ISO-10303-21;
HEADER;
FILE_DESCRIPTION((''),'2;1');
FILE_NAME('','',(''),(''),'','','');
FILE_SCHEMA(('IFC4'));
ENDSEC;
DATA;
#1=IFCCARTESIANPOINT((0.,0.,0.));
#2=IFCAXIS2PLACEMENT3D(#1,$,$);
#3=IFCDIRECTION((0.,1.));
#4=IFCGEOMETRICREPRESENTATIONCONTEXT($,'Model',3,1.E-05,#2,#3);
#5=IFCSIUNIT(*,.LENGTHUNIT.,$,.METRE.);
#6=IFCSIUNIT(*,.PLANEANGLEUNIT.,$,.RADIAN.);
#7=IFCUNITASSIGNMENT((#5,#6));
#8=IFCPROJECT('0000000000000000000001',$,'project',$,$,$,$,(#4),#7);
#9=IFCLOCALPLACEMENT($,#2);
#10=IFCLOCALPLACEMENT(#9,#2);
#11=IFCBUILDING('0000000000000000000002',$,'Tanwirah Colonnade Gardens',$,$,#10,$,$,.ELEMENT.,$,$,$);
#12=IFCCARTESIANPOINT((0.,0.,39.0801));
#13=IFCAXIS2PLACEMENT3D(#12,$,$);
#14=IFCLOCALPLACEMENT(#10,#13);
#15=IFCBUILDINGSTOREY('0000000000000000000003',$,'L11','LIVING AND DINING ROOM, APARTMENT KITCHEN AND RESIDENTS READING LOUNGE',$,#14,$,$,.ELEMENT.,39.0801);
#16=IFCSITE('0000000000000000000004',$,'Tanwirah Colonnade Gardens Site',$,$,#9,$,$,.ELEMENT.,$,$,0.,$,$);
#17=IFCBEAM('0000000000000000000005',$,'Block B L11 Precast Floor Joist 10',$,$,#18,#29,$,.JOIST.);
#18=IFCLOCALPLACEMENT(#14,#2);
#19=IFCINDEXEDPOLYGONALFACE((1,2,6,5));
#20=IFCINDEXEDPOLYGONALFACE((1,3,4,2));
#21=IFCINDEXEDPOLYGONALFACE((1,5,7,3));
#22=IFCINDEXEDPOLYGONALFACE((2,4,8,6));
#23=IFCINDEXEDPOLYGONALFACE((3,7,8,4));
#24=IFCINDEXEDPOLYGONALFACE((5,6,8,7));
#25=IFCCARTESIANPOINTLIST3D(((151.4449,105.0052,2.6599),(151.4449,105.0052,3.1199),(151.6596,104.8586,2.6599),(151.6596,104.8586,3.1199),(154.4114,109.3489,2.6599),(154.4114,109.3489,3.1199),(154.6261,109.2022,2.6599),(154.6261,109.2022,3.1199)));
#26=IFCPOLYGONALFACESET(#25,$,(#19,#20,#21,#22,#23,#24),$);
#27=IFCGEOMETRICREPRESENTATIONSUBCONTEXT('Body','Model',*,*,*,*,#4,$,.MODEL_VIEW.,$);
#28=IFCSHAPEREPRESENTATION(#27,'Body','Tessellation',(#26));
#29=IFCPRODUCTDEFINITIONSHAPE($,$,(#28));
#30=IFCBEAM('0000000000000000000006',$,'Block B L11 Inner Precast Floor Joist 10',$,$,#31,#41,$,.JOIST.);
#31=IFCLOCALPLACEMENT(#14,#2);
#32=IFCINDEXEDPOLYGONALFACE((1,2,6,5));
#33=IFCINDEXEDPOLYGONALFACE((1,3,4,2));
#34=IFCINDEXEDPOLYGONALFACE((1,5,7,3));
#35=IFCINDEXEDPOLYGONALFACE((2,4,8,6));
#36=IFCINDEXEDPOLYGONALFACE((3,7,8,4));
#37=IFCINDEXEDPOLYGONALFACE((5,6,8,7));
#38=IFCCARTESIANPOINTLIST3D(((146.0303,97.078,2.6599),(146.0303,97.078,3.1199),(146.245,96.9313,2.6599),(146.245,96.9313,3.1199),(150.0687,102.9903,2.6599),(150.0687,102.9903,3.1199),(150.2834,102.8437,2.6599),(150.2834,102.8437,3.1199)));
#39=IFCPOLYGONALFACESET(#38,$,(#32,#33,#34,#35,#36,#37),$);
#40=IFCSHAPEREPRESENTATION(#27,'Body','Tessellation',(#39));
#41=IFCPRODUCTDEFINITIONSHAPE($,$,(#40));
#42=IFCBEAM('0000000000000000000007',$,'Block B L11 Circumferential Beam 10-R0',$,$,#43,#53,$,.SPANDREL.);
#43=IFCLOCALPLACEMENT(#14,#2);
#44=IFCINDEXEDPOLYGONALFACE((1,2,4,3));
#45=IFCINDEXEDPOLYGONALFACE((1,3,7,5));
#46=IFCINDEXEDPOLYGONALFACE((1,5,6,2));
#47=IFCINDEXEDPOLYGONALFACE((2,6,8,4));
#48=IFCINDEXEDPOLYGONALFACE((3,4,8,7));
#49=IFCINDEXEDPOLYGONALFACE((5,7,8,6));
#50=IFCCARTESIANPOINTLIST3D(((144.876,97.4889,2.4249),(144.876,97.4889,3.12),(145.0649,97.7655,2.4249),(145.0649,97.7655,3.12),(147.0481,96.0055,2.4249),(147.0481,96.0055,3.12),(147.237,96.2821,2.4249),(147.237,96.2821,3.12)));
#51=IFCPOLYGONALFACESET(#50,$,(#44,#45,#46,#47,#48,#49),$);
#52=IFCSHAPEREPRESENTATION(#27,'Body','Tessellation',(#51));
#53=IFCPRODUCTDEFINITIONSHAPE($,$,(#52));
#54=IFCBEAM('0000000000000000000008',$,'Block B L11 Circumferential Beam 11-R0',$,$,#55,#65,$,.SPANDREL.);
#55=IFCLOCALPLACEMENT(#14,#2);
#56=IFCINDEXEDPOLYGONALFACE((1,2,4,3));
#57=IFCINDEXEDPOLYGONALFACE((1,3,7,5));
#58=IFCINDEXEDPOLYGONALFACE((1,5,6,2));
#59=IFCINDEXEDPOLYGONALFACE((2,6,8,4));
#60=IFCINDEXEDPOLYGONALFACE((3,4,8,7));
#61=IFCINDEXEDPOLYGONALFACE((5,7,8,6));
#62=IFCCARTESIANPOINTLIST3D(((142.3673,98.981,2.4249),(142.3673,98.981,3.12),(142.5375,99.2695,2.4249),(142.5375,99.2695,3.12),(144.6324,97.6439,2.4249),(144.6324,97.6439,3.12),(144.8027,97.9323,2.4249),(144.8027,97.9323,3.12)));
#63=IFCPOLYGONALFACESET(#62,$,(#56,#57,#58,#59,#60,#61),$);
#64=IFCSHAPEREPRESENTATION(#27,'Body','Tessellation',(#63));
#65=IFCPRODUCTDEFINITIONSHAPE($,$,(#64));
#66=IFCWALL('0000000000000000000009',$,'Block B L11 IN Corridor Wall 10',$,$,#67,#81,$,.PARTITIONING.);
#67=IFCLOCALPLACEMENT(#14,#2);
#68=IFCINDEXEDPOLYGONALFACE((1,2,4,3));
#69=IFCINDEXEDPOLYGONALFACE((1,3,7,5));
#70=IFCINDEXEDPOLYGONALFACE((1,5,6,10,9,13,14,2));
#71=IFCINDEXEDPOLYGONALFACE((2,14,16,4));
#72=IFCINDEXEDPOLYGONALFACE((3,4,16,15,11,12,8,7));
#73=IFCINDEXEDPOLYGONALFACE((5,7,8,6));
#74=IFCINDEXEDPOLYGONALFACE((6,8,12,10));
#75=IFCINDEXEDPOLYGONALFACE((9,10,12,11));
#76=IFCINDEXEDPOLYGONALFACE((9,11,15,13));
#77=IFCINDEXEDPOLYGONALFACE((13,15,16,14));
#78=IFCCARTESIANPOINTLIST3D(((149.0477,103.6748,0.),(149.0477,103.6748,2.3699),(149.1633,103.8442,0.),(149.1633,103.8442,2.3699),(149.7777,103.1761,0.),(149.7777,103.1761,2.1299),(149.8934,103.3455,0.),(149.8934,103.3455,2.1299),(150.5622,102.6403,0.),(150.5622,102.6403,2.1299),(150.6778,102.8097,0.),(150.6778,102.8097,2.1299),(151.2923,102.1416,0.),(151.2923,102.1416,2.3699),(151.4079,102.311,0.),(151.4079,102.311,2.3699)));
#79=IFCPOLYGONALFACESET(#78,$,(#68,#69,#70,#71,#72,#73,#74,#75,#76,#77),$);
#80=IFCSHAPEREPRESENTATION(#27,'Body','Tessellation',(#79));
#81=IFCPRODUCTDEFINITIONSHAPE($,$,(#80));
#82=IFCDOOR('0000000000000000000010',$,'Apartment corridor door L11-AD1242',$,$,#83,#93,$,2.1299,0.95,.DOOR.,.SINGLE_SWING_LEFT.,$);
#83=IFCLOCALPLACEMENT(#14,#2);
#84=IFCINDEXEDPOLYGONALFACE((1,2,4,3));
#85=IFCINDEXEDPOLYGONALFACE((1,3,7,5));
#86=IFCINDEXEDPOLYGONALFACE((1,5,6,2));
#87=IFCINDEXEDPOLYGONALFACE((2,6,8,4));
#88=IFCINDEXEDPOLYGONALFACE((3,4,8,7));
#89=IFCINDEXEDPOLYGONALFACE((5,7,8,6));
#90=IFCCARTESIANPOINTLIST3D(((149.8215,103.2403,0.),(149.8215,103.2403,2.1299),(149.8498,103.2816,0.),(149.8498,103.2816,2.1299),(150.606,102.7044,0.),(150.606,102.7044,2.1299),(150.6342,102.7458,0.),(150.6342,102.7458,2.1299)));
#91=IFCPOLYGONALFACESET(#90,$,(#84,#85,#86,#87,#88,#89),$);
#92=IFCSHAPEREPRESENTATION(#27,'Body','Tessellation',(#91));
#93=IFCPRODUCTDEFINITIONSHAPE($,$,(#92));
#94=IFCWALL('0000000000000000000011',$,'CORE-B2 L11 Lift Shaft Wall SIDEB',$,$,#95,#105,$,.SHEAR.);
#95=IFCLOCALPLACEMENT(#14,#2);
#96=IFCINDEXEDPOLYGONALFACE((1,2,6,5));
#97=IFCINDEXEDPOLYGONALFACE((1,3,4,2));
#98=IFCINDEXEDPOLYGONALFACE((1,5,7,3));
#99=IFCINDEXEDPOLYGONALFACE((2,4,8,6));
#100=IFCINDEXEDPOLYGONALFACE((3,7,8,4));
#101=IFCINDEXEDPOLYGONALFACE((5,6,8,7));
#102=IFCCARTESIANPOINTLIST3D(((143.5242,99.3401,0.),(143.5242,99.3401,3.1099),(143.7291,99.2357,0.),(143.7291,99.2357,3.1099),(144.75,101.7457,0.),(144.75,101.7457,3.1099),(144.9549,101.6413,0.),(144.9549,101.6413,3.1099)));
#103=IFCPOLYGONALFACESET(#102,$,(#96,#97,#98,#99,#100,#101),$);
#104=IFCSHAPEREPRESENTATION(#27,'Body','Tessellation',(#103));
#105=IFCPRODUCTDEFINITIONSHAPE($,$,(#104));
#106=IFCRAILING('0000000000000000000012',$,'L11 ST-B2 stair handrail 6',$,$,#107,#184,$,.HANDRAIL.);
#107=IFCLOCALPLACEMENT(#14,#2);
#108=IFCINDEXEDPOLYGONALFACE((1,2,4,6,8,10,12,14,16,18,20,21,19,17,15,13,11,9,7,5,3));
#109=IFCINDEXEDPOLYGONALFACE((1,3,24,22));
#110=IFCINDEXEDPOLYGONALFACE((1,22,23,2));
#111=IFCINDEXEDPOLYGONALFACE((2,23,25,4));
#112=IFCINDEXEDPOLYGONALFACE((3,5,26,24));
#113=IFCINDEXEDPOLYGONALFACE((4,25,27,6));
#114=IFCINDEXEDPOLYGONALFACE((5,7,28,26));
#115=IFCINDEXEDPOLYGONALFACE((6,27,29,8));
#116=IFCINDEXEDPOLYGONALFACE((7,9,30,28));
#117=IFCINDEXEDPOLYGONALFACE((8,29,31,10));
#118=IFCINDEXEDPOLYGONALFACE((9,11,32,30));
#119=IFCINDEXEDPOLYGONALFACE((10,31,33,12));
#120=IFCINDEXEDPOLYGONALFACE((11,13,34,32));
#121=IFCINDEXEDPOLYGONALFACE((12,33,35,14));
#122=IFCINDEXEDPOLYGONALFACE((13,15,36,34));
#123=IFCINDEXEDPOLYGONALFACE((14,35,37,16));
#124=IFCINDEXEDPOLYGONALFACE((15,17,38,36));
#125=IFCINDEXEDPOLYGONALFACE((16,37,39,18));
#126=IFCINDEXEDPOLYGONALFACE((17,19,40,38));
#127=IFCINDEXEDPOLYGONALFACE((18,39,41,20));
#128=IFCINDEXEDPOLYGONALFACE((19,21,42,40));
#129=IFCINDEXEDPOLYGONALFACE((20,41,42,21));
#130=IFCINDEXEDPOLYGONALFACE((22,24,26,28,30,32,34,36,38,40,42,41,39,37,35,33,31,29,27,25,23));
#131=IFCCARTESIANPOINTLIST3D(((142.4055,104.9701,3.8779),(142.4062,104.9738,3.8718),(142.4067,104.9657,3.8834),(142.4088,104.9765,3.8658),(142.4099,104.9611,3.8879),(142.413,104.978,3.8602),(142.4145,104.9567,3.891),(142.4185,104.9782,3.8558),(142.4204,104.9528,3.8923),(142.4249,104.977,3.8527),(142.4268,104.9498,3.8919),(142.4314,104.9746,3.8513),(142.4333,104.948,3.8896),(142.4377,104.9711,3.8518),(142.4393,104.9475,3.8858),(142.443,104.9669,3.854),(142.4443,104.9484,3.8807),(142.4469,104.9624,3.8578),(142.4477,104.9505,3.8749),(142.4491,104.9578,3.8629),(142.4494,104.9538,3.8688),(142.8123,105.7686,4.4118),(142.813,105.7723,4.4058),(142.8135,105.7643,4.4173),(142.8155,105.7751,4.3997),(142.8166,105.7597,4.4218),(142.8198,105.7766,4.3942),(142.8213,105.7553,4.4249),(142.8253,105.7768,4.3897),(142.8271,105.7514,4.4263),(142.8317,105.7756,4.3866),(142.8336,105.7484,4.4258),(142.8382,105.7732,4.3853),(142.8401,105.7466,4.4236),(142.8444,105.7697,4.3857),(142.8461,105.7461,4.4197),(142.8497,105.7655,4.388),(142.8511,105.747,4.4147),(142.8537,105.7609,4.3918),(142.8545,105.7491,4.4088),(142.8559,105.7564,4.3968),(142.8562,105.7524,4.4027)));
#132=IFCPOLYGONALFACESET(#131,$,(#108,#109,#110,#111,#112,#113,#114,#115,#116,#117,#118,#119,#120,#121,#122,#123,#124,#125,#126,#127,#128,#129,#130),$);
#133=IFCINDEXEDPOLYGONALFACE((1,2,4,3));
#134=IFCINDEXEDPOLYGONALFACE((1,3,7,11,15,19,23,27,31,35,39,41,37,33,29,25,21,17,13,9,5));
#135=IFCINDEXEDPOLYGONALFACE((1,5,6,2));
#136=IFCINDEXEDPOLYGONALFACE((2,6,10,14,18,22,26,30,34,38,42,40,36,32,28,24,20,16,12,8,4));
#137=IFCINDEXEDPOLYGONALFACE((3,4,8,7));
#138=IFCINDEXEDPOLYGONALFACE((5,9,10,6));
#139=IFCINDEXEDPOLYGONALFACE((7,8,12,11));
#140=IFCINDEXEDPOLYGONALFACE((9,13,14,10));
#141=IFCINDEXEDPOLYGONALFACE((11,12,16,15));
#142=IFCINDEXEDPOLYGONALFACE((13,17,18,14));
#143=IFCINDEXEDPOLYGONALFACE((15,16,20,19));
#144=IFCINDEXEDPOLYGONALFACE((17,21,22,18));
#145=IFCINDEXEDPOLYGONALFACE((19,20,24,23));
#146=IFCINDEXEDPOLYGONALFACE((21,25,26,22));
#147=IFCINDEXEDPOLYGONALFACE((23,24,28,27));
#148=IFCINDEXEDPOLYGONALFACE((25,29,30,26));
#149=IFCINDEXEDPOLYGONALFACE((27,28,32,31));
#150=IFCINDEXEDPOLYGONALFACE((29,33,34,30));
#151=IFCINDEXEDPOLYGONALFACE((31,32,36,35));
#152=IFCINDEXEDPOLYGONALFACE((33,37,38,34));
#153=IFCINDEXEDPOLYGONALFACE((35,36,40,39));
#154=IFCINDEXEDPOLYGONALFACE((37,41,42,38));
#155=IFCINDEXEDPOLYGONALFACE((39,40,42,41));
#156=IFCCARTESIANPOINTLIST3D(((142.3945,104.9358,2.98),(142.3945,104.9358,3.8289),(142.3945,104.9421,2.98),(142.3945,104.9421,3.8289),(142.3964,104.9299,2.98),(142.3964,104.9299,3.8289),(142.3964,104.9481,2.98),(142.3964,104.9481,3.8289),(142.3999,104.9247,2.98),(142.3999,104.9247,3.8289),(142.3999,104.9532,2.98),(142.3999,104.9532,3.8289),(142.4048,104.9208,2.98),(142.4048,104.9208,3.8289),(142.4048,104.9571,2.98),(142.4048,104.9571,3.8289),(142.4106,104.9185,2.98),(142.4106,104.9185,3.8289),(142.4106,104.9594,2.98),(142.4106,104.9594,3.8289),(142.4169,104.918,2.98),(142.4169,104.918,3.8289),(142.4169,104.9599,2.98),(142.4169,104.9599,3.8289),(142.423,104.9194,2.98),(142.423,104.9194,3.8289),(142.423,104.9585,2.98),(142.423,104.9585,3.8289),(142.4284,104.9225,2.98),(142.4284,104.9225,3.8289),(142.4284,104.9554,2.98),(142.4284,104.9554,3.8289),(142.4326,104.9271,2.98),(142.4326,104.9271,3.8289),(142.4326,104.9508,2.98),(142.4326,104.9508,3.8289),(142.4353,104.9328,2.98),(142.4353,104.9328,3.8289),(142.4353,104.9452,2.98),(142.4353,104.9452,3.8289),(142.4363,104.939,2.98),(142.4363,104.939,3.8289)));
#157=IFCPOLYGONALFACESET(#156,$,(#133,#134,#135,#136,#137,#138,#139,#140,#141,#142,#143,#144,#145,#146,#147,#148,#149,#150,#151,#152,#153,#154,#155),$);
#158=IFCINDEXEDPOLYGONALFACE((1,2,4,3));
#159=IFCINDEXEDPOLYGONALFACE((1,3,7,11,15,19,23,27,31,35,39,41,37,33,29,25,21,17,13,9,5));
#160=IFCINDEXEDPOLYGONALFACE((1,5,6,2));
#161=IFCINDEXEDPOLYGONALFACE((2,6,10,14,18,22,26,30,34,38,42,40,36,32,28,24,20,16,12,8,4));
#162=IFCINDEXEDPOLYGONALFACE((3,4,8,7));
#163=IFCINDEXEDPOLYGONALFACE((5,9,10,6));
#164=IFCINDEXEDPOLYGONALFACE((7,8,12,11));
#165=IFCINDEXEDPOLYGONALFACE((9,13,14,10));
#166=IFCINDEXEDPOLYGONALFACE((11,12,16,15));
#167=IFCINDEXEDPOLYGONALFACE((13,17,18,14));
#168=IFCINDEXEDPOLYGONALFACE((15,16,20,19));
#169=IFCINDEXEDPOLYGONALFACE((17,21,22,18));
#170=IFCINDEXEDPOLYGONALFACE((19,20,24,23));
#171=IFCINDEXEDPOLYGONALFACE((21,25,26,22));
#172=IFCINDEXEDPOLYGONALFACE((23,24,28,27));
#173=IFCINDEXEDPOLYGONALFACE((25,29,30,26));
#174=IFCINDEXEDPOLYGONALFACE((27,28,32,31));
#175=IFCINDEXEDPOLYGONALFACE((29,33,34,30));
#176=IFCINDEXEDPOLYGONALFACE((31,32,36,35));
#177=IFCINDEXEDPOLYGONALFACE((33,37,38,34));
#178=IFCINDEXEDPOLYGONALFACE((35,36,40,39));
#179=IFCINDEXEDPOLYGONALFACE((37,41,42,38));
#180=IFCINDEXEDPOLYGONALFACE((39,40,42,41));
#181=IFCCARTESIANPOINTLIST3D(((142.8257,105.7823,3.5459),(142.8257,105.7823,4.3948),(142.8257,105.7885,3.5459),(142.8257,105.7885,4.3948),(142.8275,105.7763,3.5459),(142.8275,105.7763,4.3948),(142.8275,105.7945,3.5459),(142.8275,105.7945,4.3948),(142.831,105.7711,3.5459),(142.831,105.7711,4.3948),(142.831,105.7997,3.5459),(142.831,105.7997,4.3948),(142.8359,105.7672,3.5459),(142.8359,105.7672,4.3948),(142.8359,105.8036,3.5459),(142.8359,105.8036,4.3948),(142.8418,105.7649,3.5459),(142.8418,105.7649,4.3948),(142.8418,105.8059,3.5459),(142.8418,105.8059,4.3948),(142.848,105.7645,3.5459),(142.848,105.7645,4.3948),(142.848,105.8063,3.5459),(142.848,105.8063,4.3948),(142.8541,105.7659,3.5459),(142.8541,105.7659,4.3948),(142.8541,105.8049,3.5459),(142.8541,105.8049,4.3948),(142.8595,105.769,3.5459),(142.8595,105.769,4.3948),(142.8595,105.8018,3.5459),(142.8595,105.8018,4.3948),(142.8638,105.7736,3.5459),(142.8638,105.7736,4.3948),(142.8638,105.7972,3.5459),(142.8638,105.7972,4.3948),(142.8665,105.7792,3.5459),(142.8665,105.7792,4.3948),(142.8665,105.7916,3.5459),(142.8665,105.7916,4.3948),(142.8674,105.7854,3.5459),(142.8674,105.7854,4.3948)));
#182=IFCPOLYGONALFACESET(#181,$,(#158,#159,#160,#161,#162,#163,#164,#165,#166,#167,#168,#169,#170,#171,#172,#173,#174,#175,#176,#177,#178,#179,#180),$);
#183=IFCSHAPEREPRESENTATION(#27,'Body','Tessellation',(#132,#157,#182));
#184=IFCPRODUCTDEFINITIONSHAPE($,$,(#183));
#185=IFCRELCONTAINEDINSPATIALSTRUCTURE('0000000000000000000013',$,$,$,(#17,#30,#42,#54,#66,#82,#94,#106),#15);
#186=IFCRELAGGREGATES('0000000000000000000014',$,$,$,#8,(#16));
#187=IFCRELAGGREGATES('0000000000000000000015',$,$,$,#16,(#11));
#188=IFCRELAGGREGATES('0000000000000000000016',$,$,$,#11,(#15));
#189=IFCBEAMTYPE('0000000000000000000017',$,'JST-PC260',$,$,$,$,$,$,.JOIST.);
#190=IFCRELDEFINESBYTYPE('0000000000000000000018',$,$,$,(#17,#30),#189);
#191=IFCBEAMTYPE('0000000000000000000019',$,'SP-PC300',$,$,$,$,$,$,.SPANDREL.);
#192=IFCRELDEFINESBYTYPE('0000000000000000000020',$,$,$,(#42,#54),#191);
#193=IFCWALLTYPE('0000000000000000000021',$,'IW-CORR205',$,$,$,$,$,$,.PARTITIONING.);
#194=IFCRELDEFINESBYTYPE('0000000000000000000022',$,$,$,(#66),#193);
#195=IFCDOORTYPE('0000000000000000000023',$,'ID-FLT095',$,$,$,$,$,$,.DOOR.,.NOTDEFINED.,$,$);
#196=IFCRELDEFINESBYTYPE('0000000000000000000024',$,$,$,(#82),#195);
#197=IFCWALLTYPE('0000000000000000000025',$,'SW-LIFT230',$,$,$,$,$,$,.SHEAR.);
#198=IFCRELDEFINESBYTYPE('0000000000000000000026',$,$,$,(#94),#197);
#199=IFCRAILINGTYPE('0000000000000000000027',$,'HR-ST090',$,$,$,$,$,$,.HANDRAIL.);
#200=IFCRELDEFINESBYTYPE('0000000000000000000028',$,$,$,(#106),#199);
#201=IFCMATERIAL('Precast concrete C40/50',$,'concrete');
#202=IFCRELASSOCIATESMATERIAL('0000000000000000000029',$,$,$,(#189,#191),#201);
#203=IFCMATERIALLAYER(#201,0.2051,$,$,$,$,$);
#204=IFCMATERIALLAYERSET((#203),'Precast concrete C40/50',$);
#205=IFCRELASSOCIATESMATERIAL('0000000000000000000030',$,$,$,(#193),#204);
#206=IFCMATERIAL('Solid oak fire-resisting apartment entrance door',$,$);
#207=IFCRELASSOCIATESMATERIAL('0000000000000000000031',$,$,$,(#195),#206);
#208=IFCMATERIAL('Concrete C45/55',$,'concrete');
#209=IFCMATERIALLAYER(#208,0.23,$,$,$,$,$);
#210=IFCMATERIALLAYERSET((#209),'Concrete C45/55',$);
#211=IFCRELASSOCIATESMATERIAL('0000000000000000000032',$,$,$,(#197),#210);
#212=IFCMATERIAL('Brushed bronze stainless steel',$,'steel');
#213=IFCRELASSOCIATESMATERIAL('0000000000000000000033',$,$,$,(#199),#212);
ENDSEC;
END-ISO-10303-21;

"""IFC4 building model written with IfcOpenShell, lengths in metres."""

from ifc_helpers import new_model, si_unit, direction, frame, frame_2d, origin, origin_2d, place, context, subcontext, project, spatial, rectangle, circle, extrude, material, layer, layer_set, material_profile, profile_set, type_object, element, fill, save


model = new_model("IFC4")

# Units and contexts
model_context = context("Model", 3, precision=1e-05, world=origin(), true_north=direction((0.0, 1.0)))
body_context = subcontext(model_context, "Body", "Model", "MODEL_VIEW")
ifc_project = project(units=[si_unit("LENGTHUNIT", "METRE"), si_unit("PLANEANGLEUNIT", "RADIAN")], contexts=[model_context])

# Site, building, storey
site_placement = place(None, origin())
site = spatial("IfcSite", under=ifc_project, at=site_placement, Name="Tanwirah Colonnade Gardens Site", CompositionType="ELEMENT", RefElevation=0.0)
building_placement = place(site_placement, origin())
building = spatial("IfcBuilding", under=site, at=building_placement, Name="Tanwirah Colonnade Gardens", CompositionType="ELEMENT")
storey_placement = place(building_placement, frame((0.0, 0.0, 39.0801)))
storey = spatial("IfcBuildingStorey", under=building, at=storey_placement, Name="L11", Description="LIVING AND DINING ROOM, APARTMENT KITCHEN AND RESIDENTS READING LOUNGE", CompositionType="ELEMENT", Elevation=39.0801)

# Shared definitions
ifc_material_1 = material(Name="Precast concrete C40/50", Category="concrete")

# Beams
ifc_material_profile_1 = material_profile(ifc_material_1, rectangle(XDim=0.26, YDim=0.46, at=origin_2d()), Name="PC-JST 260x460")
ifc_profile_set_1 = profile_set([ifc_material_profile_1], Name="Precast concrete C40/50")
beam_type_1 = type_object("IfcBeamType", Name="JST-PC260", PredefinedType="JOIST", material=ifc_profile_set_1)
beam_1_placement = place(storey_placement, frame((151.5522, 104.9319, 2.8899), z_axis=(0.563973, 0.825793, 0.0), x_axis=(-0.825793, 0.563973, 0.0)))
element("IfcBeam", 1, at=beam_1_placement, inside=storey, type_object=beam_type_1, Name="Block B L11 Precast Floor Joist 10", PredefinedType="JOIST", context=body_context, shape_type="SweptSolid", body=[
    extrude(rectangle(XDim=0.26, YDim=0.46, at=origin_2d()), origin(), (0.0, 0.0, 1.0), 5.26),
])
beam_2_placement = place(storey_placement, frame((146.1377, 97.0046, 2.8899), z_axis=(0.564021, 0.82576, 0.0), x_axis=(-0.82576, 0.564021, 0.0)))
element("IfcBeam", 2, at=beam_2_placement, inside=storey, type_object=beam_type_1, Name="Block B L11 Inner Precast Floor Joist 10", PredefinedType="JOIST", context=body_context, shape_type="SweptSolid", body=[
    extrude(rectangle(XDim=0.26, YDim=0.46, at=origin_2d()), origin(), (0.0, 0.0, 1.0), 7.1599),
])
ifc_material_profile_2 = material_profile(ifc_material_1, rectangle(XDim=0.335, YDim=0.6951, at=origin_2d()), Name="PC-SP 335x695")
ifc_profile_set_2 = profile_set([ifc_material_profile_2], Name="Precast concrete C40/50")
beam_type_2 = type_object("IfcBeamType", Name="SP-PC300", PredefinedType="SPANDREL", material=ifc_profile_set_2)
for number, where, z_axis, x_axis, name in (
    (3, (147.1426, 96.1438, 2.7725), (-0.825801, 0.563962, 0.0), (-0.563962, -0.825801, 0.0), "Block B L11 Circumferential Beam 10-R0"),
    (4, (144.7175, 97.7881, 2.7725), (-0.861148, 0.508354, 0.0), (-0.508354, -0.861148, 0.0), "Block B L11 Circumferential Beam 11-R0"),
):
    element("IfcBeam", number, at=place(storey_placement, frame(where, z_axis=z_axis, x_axis=x_axis)), inside=storey, type_object=beam_type_2, Name=name, PredefinedType="SPANDREL", context=body_context, shape_type="SweptSolid", body=[
        extrude(rectangle(XDim=0.335, YDim=0.6951, at=origin_2d()), origin(), (0.0, 0.0, 1.0), 2.6304),
    ])

# Wall, opening, door
ifc_layer_1 = layer(ifc_material_1, 0.2051)
ifc_layer_set_1 = layer_set([ifc_layer_1], Name="Precast concrete C40/50")
wall_type_1 = type_object("IfcWallType", Name="IW-CORR205", PredefinedType="PARTITIONING", material=ifc_layer_set_1)
wall_1_placement = place(storey_placement, frame((151.3501, 102.2263, 0.0), z_axis=(0.0, 0.0, 1.0), x_axis=(-0.825752, 0.564033, 0.0)))
wall_1 = element("IfcWall", 5, at=wall_1_placement, inside=storey, type_object=wall_type_1, Name="Block B L11 IN Corridor Wall 10", PredefinedType="PARTITIONING", context=body_context, shape_type="SweptSolid", body=[
    extrude(rectangle(XDim=2.7183, YDim=0.2051, at=frame_2d((1.3591, 0.0))), origin(), (0.0, 0.0, 1.0), 2.3699),
])
opening_placement = place(wall_1_placement, frame((0.884, 0.0, 0.0)))
opening = element("IfcOpeningElement", 6, at=opening_placement, cuts=wall_1, PredefinedType="OPENING", context=body_context, shape_type="SweptSolid", body=[
    extrude(rectangle(XDim=0.95, YDim=2.1299, at=frame_2d((0.4751, 1.0649))), frame((0.0, 0.1125, 0.0), z_axis=(0.0, -1.0, 0.0), x_axis=(1.0, 0.0, 0.0)), (0.0, 0.0, 1.0), 0.2251),
])
ifc_material_2 = material(Name="Solid oak fire-resisting apartment entrance door")
door_type = type_object("IfcDoorType", Name="ID-FLT095", OperationType="NOTDEFINED", PredefinedType="DOOR", material=ifc_material_2)
door_placement = place(opening_placement, origin())
door = element("IfcDoor", 7, at=door_placement, inside=storey, type_object=door_type, Name="Apartment corridor door L11-AD1242", OperationType="SINGLE_SWING_LEFT", OverallHeight=2.1299, OverallWidth=0.95, PredefinedType="DOOR", context=body_context, shape_type="SweptSolid", body=[
    extrude(rectangle(XDim=0.95, YDim=2.1299, at=frame_2d((0.4751, 1.0649))), frame((0.0, 0.0249, 0.0), z_axis=(0.0, -1.0, 0.0), x_axis=(1.0, 0.0, 0.0)), (0.0, 0.0, 1.0), 0.05),
])
fill(opening, door)

# Wall
ifc_material_3 = material(Name="Concrete C45/55", Category="concrete")
ifc_layer_2 = layer(ifc_material_3, 0.23)
ifc_layer_set_2 = layer_set([ifc_layer_2], Name="Concrete C45/55")
wall_type_2 = type_object("IfcWallType", Name="SW-LIFT230", PredefinedType="SHEAR", material=ifc_layer_set_2)
wall_2_placement = place(storey_placement, frame((144.8525, 101.6936, 0.0), z_axis=(0.0, 0.0, 1.0), x_axis=(-0.454037, -0.890983, 0.0)))
element("IfcWall", 8, at=wall_2_placement, inside=storey, type_object=wall_type_2, Name="CORE-B2 L11 Lift Shaft Wall SIDEB", PredefinedType="SHEAR", context=body_context, shape_type="SweptSolid", body=[
    extrude(rectangle(XDim=2.7, YDim=0.23, at=frame_2d((1.3501, 0.0))), origin(), (0.0, 0.0, 1.0), 3.1099),
])

# Railing
ifc_material_4 = material(Name="Brushed bronze stainless steel", Category="steel")
railing_type = type_object("IfcRailingType", Name="HR-ST090", PredefinedType="HANDRAIL", material=ifc_material_4)
railing_placement = place(storey_placement, frame((142.4153, 104.939, 2.98)))
element("IfcRailing", 9, at=railing_placement, inside=storey, type_object=railing_type, Name="L11 ST-B2 stair handrail 6", PredefinedType="HANDRAIL", context=body_context, shape_type="SweptSolid", body=[
    extrude(circle(Radius=0.0239, at=origin_2d()), frame((0.0122, 0.0239, 0.8918), z_axis=(0.38993, 0.765509, 0.511811), x_axis=(-0.891061, 0.453883, 0.0)), (0.0, 0.0, 1.0), 1.0432),
    extrude(circle(Radius=0.021, at=origin_2d()), origin(), (0.0, 0.0, 1.0), 0.8489),
    extrude(circle(Radius=0.021, at=origin_2d()), frame((0.4312, 0.8464, 0.5659)), (0.0, 0.0, 1.0), 0.8489),
])

save(model, "model.ifc")
